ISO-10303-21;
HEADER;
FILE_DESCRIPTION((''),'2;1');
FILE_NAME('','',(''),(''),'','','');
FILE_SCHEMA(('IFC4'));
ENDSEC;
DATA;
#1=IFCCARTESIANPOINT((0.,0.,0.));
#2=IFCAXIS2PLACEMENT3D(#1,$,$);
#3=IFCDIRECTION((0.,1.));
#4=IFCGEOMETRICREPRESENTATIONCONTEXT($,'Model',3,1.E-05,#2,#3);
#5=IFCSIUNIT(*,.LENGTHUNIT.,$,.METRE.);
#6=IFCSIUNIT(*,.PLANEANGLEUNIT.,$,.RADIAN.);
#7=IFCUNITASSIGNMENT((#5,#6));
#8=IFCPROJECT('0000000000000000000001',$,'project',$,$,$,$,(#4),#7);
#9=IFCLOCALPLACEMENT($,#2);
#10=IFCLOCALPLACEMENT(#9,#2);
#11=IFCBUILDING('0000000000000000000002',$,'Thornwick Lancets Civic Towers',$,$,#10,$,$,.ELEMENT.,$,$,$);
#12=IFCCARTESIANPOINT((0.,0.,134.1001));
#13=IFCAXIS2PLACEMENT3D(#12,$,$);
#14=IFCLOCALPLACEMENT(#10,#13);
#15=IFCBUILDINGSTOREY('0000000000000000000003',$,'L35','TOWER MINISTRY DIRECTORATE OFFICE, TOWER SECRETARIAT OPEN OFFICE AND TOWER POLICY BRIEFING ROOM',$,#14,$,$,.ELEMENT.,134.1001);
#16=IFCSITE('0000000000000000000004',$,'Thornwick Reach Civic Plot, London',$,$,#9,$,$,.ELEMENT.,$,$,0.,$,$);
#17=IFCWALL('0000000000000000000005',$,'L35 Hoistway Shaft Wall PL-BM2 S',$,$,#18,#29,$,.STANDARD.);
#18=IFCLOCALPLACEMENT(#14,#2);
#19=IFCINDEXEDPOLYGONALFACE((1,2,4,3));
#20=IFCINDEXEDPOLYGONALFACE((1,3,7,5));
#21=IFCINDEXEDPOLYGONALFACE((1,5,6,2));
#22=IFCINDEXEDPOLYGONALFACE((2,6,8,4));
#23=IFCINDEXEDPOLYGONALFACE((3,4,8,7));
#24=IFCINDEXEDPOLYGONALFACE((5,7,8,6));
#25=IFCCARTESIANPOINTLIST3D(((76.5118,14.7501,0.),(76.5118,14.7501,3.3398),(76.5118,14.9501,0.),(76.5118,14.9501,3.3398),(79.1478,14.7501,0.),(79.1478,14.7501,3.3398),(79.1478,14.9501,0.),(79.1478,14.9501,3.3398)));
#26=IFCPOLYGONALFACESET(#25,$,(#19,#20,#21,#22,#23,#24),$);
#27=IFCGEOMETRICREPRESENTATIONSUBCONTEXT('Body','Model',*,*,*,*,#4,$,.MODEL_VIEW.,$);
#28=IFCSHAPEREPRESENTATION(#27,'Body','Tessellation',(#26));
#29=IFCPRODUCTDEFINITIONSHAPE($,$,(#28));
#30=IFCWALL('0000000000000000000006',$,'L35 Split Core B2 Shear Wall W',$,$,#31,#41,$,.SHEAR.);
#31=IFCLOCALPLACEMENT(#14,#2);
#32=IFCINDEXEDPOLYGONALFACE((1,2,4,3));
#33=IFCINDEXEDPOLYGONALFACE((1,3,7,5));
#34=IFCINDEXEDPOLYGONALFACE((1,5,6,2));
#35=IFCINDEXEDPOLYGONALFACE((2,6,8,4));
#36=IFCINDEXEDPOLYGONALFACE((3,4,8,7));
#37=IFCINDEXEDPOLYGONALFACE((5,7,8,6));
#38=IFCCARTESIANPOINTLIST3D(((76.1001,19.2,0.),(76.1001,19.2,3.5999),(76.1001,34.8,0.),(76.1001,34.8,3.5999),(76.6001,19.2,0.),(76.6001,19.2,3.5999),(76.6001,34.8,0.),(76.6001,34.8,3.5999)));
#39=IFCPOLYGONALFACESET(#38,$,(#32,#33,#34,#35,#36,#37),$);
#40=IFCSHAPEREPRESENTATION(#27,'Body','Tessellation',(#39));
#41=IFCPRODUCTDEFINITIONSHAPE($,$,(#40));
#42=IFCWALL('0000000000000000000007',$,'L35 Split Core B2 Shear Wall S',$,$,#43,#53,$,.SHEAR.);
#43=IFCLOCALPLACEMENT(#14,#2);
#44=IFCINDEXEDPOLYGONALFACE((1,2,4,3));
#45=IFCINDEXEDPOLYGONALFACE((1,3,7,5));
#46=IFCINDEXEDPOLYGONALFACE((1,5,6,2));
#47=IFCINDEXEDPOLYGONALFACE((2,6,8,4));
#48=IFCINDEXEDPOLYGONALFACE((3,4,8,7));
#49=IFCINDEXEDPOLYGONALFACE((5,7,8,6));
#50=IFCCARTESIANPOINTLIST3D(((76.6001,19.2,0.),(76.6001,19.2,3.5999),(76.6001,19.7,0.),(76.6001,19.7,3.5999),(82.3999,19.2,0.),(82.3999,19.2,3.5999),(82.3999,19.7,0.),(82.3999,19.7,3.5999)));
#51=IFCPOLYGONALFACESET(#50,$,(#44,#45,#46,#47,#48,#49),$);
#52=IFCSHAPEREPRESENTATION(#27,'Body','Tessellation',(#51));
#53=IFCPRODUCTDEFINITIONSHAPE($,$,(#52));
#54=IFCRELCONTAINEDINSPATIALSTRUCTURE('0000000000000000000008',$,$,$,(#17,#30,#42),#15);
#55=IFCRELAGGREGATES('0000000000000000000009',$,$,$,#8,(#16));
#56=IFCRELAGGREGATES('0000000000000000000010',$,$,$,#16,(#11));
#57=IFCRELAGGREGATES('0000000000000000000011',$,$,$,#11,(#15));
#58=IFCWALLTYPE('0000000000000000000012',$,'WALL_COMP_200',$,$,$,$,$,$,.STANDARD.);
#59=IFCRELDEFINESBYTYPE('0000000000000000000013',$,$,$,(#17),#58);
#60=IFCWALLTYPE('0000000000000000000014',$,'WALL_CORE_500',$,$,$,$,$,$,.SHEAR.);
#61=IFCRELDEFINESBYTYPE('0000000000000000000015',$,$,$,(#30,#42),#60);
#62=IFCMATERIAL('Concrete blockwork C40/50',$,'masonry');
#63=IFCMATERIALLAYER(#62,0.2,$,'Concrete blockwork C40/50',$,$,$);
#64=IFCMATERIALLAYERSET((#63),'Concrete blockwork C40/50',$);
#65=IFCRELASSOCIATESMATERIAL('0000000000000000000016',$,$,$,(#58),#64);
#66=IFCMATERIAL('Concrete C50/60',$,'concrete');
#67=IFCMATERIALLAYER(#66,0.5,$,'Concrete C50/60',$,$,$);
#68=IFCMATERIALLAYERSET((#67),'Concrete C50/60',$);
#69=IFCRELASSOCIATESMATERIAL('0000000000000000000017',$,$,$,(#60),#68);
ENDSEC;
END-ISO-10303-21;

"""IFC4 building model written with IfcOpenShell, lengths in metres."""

from ifc_helpers import new_model, si_unit, direction, frame, frame_2d, origin, place, context, subcontext, project, spatial, rectangle, extrude, material, layer, layer_set, type_object, element, save


model = new_model("IFC4")

# Units and contexts
model_context = context("Model", 3, precision=1e-05, world=origin(), true_north=direction((0.0, 1.0)))
body_context = subcontext(model_context, "Body", "Model", "MODEL_VIEW")
ifc_project = project(units=[si_unit("LENGTHUNIT", "METRE"), si_unit("PLANEANGLEUNIT", "RADIAN")], contexts=[model_context])

# Site, building, storey
site_placement = place(None, origin())
site = spatial("IfcSite", under=ifc_project, at=site_placement, Name="Thornwick Reach Civic Plot, London", CompositionType="ELEMENT", RefElevation=0.0)
building_placement = place(site_placement, origin())
building = spatial("IfcBuilding", under=site, at=building_placement, Name="Thornwick Lancets Civic Towers", CompositionType="ELEMENT")
storey_placement = place(building_placement, frame((0.0, 0.0, 134.1001)))
storey = spatial("IfcBuildingStorey", under=building, at=storey_placement, Name="L35", Description="TOWER MINISTRY DIRECTORATE OFFICE, TOWER SECRETARIAT OPEN OFFICE AND TOWER POLICY BRIEFING ROOM", CompositionType="ELEMENT", Elevation=134.1001)

# Walls
ifc_material_1 = material(Name="Concrete blockwork C40/50", Category="masonry")
ifc_layer_1 = layer(ifc_material_1, 0.2, Name="Concrete blockwork C40/50")
ifc_layer_set_1 = layer_set([ifc_layer_1], Name="Concrete blockwork C40/50")
wall_type_1 = type_object("IfcWallType", Name="WALL_COMP_200", PredefinedType="STANDARD", material=ifc_layer_set_1)
wall_1_placement = place(storey_placement, frame((76.512, 14.8501, 0.0), z_axis=(0.0, 0.0, 1.0), x_axis=(1.0, 0.0, 0.0)))
element("IfcWall", 1, at=wall_1_placement, inside=storey, type_object=wall_type_1, Name="L35 Hoistway Shaft Wall PL-BM2 S", PredefinedType="STANDARD", context=body_context, shape_type="SweptSolid", body=[
    extrude(rectangle(XDim=2.636, YDim=0.2, at=frame_2d((1.3179, 0.0))), origin(), (0.0, 0.0, 1.0), 3.3398),
])
ifc_material_2 = material(Name="Concrete C50/60", Category="concrete")
ifc_layer_2 = layer(ifc_material_2, 0.5, Name="Concrete C50/60")
ifc_layer_set_2 = layer_set([ifc_layer_2], Name="Concrete C50/60")
wall_type_2 = type_object("IfcWallType", Name="WALL_CORE_500", PredefinedType="SHEAR", material=ifc_layer_set_2)
wall_2_placement = place(storey_placement, frame((76.3501, 19.2, 0.0), z_axis=(0.0, 0.0, 1.0), x_axis=(0.0, 1.0, 0.0)))
element("IfcWall", 2, at=wall_2_placement, inside=storey, type_object=wall_type_2, Name="L35 Split Core B2 Shear Wall W", PredefinedType="SHEAR", context=body_context, shape_type="SweptSolid", body=[
    extrude(rectangle(XDim=15.6001, YDim=0.5, at=frame_2d((7.8, 0.0))), origin(), (0.0, 0.0, 1.0), 3.5999),
])
wall_3_placement = place(storey_placement, frame((76.6001, 19.45, 0.0), z_axis=(0.0, 0.0, 1.0), x_axis=(1.0, 0.0, 0.0)))
element("IfcWall", 3, at=wall_3_placement, inside=storey, type_object=wall_type_2, Name="L35 Split Core B2 Shear Wall S", PredefinedType="SHEAR", context=body_context, shape_type="SweptSolid", body=[
    extrude(rectangle(XDim=5.7998, YDim=0.5, at=frame_2d((2.8999, 0.0))), origin(), (0.0, 0.0, 1.0), 3.5999),
])

save(model, "model.ifc")
